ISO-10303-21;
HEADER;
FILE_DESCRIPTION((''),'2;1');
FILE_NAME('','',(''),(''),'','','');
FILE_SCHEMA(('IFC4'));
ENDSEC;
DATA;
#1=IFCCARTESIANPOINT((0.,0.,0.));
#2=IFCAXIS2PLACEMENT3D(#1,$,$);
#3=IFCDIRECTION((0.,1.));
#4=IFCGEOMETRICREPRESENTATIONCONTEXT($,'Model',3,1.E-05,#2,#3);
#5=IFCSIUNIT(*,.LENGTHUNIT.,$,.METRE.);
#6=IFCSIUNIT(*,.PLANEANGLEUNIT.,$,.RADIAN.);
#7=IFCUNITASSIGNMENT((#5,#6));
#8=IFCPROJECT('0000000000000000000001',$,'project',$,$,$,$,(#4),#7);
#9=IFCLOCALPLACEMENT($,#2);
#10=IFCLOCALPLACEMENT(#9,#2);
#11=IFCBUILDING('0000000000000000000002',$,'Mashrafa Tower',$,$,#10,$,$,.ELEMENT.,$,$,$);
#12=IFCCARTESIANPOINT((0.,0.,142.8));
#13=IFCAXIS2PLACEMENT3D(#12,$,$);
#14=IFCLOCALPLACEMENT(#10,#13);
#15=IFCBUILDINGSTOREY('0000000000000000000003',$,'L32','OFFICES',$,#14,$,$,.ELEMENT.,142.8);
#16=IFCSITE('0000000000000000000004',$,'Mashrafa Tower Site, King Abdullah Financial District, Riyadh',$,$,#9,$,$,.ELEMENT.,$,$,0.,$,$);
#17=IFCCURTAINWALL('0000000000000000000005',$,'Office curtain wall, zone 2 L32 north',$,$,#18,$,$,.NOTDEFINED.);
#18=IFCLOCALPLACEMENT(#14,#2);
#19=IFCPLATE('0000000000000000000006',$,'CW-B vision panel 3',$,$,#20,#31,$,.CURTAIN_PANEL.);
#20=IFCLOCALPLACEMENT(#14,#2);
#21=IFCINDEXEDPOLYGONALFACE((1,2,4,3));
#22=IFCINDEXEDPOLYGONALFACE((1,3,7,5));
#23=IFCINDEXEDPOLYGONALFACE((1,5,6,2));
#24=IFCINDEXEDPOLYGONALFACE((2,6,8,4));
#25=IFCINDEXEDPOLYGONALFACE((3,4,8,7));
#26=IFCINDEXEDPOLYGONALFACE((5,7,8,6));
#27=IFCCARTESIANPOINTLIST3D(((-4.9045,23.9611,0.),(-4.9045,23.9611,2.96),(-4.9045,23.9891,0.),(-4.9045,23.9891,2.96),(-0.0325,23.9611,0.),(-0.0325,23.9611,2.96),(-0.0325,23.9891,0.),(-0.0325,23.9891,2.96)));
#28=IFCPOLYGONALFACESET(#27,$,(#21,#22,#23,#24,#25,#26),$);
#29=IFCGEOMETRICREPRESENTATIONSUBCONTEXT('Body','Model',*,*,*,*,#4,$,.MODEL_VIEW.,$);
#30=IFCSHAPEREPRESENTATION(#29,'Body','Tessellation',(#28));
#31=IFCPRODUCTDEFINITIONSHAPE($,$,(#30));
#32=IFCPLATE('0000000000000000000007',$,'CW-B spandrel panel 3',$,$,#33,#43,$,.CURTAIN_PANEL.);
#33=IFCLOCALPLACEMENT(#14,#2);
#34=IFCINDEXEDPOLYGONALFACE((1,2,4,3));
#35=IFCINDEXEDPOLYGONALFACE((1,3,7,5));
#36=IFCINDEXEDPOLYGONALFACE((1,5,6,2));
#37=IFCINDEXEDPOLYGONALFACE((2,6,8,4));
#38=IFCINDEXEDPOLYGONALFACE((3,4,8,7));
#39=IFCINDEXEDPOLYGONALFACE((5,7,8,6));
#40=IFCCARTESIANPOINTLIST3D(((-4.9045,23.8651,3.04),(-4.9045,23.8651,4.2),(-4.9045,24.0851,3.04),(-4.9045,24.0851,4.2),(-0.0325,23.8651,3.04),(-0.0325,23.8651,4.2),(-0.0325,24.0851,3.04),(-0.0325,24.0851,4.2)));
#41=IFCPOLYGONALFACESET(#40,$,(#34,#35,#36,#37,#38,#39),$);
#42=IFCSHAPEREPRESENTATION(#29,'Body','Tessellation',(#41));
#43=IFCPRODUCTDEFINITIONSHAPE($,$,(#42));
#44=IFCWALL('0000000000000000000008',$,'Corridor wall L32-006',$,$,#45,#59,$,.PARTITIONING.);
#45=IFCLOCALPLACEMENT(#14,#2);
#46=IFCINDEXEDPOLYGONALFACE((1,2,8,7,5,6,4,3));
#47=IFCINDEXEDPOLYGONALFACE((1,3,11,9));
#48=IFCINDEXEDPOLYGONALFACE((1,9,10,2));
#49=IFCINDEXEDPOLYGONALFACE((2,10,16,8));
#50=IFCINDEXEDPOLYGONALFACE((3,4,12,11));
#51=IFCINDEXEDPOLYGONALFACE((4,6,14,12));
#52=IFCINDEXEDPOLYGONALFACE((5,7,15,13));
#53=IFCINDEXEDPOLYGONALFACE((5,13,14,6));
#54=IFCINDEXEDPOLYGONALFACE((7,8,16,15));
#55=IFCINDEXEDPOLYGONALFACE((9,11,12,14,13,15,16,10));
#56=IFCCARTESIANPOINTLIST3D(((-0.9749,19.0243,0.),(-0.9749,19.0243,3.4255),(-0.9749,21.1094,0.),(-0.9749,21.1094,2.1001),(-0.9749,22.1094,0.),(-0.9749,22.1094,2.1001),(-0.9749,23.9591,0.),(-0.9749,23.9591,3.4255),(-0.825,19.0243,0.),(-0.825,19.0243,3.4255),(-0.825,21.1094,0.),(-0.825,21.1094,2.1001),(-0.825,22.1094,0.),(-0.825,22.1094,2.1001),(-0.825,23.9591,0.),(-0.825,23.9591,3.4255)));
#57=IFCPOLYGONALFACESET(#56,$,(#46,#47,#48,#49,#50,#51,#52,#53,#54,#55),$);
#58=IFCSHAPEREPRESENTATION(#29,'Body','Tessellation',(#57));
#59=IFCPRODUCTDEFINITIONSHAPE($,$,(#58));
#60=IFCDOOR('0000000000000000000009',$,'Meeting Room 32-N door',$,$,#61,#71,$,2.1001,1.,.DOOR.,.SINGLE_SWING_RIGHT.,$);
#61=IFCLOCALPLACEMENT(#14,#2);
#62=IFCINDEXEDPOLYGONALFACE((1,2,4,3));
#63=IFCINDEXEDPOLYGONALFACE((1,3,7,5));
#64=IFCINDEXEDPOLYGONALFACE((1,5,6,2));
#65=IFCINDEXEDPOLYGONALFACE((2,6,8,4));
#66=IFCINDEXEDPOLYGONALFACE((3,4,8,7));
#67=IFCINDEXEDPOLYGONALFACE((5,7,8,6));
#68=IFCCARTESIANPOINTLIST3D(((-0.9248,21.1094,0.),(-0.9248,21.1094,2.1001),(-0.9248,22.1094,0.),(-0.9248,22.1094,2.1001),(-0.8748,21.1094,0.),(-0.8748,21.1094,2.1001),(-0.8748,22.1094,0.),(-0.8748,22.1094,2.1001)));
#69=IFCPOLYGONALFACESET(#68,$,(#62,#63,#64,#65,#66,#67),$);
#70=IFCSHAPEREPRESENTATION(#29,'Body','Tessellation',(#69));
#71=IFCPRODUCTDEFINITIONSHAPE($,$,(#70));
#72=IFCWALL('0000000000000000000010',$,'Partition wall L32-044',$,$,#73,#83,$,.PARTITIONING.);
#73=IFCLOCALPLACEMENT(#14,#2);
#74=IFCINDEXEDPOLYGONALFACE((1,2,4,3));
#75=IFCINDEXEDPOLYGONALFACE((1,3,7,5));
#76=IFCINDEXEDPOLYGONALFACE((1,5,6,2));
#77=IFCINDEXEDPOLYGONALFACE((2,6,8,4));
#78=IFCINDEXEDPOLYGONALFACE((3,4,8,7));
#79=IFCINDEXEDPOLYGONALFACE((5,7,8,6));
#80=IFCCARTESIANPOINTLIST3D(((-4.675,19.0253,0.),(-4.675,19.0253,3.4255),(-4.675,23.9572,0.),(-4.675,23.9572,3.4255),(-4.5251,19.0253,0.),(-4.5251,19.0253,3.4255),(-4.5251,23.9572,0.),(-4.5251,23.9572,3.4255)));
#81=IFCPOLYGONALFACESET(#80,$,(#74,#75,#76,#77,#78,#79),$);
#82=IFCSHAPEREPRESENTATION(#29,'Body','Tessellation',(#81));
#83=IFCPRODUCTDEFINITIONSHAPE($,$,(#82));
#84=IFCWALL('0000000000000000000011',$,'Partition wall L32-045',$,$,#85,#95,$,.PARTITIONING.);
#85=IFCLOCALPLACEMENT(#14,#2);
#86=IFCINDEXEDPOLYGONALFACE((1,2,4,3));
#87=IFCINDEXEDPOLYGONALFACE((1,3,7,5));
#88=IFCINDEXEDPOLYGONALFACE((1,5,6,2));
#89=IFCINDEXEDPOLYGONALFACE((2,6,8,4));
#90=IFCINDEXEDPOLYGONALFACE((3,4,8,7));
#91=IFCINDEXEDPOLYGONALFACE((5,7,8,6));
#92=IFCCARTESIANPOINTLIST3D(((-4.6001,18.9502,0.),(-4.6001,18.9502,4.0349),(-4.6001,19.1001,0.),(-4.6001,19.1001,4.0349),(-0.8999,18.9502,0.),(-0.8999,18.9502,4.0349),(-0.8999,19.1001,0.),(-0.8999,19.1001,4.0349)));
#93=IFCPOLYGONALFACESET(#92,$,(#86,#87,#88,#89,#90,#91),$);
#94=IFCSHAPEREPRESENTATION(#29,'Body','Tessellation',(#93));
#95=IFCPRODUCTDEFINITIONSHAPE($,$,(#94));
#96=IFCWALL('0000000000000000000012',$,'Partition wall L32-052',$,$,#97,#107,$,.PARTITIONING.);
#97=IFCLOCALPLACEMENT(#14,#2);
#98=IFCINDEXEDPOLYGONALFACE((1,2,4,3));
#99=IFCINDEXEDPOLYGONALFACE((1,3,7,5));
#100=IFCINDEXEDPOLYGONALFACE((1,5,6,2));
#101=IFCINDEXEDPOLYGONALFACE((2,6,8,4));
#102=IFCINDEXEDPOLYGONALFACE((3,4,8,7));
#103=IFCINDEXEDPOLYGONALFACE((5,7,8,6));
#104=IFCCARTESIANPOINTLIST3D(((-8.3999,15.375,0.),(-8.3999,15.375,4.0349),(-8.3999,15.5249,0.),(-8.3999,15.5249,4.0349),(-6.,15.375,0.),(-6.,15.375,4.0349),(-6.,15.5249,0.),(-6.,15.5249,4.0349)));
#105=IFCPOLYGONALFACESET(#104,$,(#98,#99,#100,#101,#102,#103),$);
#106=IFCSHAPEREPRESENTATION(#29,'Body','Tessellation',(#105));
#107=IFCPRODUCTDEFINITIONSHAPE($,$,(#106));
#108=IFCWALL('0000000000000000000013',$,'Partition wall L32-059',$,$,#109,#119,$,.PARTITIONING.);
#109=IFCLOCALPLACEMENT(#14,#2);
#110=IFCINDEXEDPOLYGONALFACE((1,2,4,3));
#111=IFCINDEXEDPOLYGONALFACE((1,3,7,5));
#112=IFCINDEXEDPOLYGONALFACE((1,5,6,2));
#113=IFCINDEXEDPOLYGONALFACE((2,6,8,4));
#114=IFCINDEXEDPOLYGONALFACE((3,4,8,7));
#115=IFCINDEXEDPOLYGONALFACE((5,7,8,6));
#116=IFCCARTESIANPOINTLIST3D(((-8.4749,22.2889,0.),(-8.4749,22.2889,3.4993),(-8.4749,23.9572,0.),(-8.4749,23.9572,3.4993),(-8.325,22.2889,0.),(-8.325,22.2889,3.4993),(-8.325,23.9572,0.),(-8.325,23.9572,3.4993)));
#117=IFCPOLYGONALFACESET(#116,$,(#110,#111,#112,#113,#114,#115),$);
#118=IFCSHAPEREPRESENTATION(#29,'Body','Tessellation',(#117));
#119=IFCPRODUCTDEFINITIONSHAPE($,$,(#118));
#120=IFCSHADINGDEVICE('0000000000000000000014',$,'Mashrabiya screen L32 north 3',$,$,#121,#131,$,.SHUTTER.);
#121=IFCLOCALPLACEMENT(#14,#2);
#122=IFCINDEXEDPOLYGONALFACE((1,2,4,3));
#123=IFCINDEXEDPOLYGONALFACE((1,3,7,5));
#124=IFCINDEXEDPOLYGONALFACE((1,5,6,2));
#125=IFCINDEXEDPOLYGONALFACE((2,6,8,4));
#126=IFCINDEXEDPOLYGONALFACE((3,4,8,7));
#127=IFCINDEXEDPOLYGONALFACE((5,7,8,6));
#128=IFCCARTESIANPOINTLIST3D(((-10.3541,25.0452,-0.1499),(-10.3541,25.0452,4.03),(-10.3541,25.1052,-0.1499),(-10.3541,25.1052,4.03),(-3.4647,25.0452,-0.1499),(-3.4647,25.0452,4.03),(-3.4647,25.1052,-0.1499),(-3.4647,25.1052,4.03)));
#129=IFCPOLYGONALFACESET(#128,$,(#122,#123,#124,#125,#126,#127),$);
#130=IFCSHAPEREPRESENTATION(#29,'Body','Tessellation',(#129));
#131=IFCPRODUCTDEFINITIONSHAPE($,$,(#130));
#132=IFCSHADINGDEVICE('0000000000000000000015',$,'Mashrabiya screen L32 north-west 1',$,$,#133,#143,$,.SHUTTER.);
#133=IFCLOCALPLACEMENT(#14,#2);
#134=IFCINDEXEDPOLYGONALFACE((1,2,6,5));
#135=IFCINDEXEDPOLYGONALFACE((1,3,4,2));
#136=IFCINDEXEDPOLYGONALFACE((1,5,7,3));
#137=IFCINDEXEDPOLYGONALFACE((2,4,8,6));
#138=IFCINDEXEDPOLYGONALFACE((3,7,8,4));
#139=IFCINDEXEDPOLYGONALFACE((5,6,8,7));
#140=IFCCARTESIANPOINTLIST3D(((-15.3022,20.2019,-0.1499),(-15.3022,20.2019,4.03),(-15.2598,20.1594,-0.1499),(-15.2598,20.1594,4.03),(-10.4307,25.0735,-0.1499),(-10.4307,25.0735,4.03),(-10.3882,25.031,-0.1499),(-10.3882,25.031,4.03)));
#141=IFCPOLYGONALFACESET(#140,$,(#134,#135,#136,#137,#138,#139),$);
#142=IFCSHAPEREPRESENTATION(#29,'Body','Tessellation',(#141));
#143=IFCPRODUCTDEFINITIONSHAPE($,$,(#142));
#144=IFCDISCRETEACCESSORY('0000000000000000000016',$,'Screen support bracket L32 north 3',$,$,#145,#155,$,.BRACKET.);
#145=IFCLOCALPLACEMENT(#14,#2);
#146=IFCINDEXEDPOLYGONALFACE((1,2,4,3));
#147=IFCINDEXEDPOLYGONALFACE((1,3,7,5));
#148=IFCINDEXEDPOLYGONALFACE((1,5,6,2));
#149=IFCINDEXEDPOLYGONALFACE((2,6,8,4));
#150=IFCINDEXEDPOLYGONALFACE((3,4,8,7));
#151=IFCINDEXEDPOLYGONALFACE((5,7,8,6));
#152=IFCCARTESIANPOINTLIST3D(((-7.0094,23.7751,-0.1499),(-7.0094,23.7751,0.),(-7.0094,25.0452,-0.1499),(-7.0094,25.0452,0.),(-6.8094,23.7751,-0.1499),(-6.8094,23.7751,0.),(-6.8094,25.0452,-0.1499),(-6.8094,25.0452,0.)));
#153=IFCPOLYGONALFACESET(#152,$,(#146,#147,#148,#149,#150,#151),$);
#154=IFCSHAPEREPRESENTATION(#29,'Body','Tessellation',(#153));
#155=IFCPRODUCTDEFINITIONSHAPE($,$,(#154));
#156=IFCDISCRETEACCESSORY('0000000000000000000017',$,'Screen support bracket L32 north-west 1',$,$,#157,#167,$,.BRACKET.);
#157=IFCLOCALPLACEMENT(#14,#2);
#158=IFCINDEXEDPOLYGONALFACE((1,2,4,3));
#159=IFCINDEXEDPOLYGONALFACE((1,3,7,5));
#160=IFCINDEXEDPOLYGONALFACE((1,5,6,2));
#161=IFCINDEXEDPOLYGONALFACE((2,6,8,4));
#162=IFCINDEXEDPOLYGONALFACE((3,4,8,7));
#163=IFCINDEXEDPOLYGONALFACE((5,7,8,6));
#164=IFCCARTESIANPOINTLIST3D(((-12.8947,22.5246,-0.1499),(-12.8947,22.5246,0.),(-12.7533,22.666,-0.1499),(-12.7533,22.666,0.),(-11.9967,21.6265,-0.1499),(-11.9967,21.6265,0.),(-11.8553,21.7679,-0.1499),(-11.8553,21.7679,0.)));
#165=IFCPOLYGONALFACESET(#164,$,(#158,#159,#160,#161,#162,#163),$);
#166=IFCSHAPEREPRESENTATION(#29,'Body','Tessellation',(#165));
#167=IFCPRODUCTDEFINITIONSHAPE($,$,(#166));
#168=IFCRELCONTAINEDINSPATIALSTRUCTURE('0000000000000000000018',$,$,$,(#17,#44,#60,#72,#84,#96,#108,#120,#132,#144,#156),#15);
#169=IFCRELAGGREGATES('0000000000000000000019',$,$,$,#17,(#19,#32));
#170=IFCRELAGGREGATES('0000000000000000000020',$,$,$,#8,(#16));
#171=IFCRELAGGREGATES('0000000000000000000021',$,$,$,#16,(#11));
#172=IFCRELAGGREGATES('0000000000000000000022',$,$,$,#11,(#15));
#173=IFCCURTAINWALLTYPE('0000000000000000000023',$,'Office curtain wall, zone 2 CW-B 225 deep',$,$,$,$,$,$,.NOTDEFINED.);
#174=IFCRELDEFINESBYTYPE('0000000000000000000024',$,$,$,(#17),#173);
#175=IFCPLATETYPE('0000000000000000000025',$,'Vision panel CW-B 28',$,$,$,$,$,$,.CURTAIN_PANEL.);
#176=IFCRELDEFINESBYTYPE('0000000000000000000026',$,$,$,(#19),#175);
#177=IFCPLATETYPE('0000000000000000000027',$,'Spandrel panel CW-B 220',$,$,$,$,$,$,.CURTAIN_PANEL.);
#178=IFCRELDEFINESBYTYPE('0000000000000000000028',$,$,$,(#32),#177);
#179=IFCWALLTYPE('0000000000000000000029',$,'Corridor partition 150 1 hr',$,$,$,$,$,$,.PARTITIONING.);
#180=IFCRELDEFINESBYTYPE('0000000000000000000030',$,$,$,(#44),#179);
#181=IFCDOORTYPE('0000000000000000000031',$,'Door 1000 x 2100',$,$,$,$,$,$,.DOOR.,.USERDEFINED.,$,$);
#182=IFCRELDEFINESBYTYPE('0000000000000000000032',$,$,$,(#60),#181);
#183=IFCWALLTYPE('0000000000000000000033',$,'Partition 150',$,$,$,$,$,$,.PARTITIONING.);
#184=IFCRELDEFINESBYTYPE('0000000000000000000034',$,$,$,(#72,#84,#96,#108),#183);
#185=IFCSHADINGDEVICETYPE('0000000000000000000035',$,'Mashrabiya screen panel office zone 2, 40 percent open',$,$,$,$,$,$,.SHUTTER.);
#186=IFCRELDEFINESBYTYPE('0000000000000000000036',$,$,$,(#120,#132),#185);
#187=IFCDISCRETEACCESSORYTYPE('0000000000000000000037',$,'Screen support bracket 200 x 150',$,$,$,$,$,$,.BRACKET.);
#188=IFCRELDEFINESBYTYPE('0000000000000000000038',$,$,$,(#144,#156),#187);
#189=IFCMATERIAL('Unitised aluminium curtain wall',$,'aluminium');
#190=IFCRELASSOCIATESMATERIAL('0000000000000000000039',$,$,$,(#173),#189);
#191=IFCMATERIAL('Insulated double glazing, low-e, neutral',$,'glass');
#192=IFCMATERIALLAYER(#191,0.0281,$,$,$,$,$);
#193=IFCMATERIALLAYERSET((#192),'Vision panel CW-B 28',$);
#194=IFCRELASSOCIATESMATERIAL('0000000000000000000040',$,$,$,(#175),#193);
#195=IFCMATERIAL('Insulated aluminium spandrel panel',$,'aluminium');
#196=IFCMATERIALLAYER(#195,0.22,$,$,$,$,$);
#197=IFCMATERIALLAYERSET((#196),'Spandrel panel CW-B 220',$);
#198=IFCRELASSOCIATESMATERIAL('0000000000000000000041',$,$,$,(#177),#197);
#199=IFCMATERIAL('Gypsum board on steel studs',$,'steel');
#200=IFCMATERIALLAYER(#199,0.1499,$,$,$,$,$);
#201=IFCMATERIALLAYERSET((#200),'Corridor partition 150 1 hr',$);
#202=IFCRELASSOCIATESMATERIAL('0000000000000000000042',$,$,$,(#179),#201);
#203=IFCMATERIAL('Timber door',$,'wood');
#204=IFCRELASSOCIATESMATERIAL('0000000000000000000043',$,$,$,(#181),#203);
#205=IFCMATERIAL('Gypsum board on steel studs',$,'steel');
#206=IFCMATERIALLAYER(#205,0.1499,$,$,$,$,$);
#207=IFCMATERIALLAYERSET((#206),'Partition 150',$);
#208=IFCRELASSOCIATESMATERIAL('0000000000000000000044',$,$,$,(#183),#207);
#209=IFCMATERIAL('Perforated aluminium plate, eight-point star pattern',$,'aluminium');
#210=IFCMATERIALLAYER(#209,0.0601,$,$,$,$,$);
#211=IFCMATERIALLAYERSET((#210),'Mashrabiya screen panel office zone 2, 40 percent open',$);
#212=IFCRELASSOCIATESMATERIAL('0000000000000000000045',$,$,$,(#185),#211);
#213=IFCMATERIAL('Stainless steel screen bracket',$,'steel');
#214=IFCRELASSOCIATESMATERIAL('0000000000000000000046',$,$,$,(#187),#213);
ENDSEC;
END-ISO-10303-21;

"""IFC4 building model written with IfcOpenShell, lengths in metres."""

from ifc_helpers import new_model, si_unit, direction, frame, frame_2d, origin, origin_2d, place, context, subcontext, project, spatial, rectangle, extrude, source, transform, mapped, material, layer, layer_set, type_object, type_shapes, element, fill, aggregate, save


model = new_model("IFC4")

# Units and contexts
model_context = context("Model", 3, precision=1e-05, world=origin(), true_north=direction((0.0, 1.0)))
body_context = subcontext(model_context, "Body", "Model", "MODEL_VIEW")
ifc_project = project(units=[si_unit("LENGTHUNIT", "METRE"), si_unit("PLANEANGLEUNIT", "RADIAN")], contexts=[model_context])

# Site, building, storey
site_placement = place(None, origin())
site = spatial("IfcSite", under=ifc_project, at=site_placement, Name="Mashrafa Tower Site, King Abdullah Financial District, Riyadh", CompositionType="ELEMENT", RefElevation=0.0)
building_placement = place(site_placement, origin())
building = spatial("IfcBuilding", under=site, at=building_placement, Name="Mashrafa Tower", CompositionType="ELEMENT")
storey_placement = place(building_placement, frame((0.0, 0.0, 142.8)))
storey = spatial("IfcBuildingStorey", under=building, at=storey_placement, Name="L32", Description="OFFICES", CompositionType="ELEMENT", Elevation=142.8)

# Curtain wall
ifc_material_1 = material(Name="Unitised aluminium curtain wall", Category="aluminium")
curtain_wall_type = type_object("IfcCurtainWallType", Name="Office curtain wall, zone 2 CW-B 225 deep", PredefinedType="NOTDEFINED", material=ifc_material_1)
curtain_wall_1_placement = place(storey_placement, origin())
curtain_wall_1 = element("IfcCurtainWall", 1, at=curtain_wall_1_placement, inside=storey, type_object=curtain_wall_type, Name="Office curtain wall, zone 2 L32 north", PredefinedType="NOTDEFINED")

# Plates
ifc_material_2 = material(Name="Insulated double glazing, low-e, neutral", Category="glass")
ifc_layer_1 = layer(ifc_material_2, 0.0281)
ifc_layer_set_1 = layer_set([ifc_layer_1], Name="Vision panel CW-B 28")
plate_type_1 = type_object("IfcPlateType", Name="Vision panel CW-B 28", PredefinedType="CURTAIN_PANEL", material=ifc_layer_set_1)
ifc_material_3 = material(Name="Insulated aluminium spandrel panel", Category="aluminium")
ifc_layer_2 = layer(ifc_material_3, 0.22)
ifc_layer_set_2 = layer_set([ifc_layer_2], Name="Spandrel panel CW-B 220")
plate_type_2 = type_object("IfcPlateType", Name="Spandrel panel CW-B 220", PredefinedType="CURTAIN_PANEL", material=ifc_layer_set_2)
shared_shape_1 = source(origin(), body_context, "Body", "SweptSolid", [
    extrude(rectangle(XDim=4.8721, YDim=0.0281, at=origin_2d()), origin(), (0.0, 0.0, 1.0), 2.96),
])
plate_1_placement = place(storey_placement, frame((-2.4685, 23.9751, 0.0), z_axis=(0.0, 0.0, 1.0), x_axis=(-1.0, 0.0, 0.0)))
plate_1 = element("IfcPlate", 2, at=plate_1_placement, type_object=plate_type_1, Name="CW-B vision panel 3", PredefinedType="CURTAIN_PANEL", context=body_context, shape_type="MappedRepresentation", body=[
    mapped(shared_shape_1, transform((0.0, 0.0, 0.0))),
])
shared_shape_2 = source(origin(), body_context, "Body", "SweptSolid", [
    extrude(rectangle(XDim=4.8721, YDim=0.22, at=origin_2d()), origin(), (0.0, 0.0, 1.0), 1.1599),
])
plate_2_placement = place(storey_placement, frame((-2.4685, 23.9751, 3.04), z_axis=(0.0, 0.0, 1.0), x_axis=(-1.0, 0.0, 0.0)))
plate_2 = element("IfcPlate", 3, at=plate_2_placement, type_object=plate_type_2, Name="CW-B spandrel panel 3", PredefinedType="CURTAIN_PANEL", context=body_context, shape_type="MappedRepresentation", body=[
    mapped(shared_shape_2, transform((0.0, 0.0, 0.0))),
])
aggregate(curtain_wall_1, [plate_1, plate_2])

# Wall, opening, door
ifc_material_4 = material(Name="Gypsum board on steel studs", Category="steel")
ifc_layer_3 = layer(ifc_material_4, 0.1499)
ifc_layer_set_3 = layer_set([ifc_layer_3], Name="Corridor partition 150 1 hr")
wall_type_1 = type_object("IfcWallType", Name="Corridor partition 150 1 hr", PredefinedType="PARTITIONING", material=ifc_layer_set_3)
wall_1_placement = place(storey_placement, frame((-0.8999, 23.959, 0.0), z_axis=(0.0, 0.0, 1.0), x_axis=(0.0, -1.0, 0.0)))
wall_1 = element("IfcWall", 4, at=wall_1_placement, inside=storey, type_object=wall_type_1, Name="Corridor wall L32-006", PredefinedType="PARTITIONING", context=body_context, shape_type="SweptSolid", body=[
    extrude(rectangle(XDim=4.9348, YDim=0.1499, at=frame_2d((2.4673, 0.0))), origin(), (0.0, 0.0, 1.0), 3.4255),
])
opening_1_placement = place(wall_1_placement, frame((1.8496, 0.0, 0.0)))
opening_1 = element("IfcOpeningElement", 5, at=opening_1_placement, cuts=wall_1, PredefinedType="OPENING", context=body_context, shape_type="SweptSolid", body=[
    extrude(rectangle(XDim=1.0, YDim=2.1001, at=frame_2d((0.5, 1.05))), frame((0.0, 0.085, 0.0), z_axis=(0.0, -1.0, 0.0), x_axis=(1.0, 0.0, 0.0)), (0.0, 0.0, 1.0), 0.1699),
])
ifc_material_5 = material(Name="Timber door", Category="wood")
door_type_1 = type_object("IfcDoorType", Name="Door 1000 x 2100", OperationType="USERDEFINED", PredefinedType="DOOR", material=ifc_material_5)
door_1_placement = place(opening_1_placement, frame((1.0, 0.0, 0.0), z_axis=(0.0, 0.0, 1.0), x_axis=(-1.0, 0.0, 0.0)))
door_1 = element("IfcDoor", 6, at=door_1_placement, inside=storey, type_object=door_type_1, Name="Meeting Room 32-N door", OperationType="SINGLE_SWING_RIGHT", OverallHeight=2.1001, OverallWidth=1.0, PredefinedType="DOOR", context=body_context, shape_type="SweptSolid", body=[
    extrude(rectangle(XDim=1.0, YDim=2.1001, at=frame_2d((0.5, 1.05))), frame((0.0, 0.0249, 0.0), z_axis=(0.0, -1.0, 0.0), x_axis=(1.0, 0.0, 0.0)), (0.0, 0.0, 1.0), 0.05),
])
fill(opening_1, door_1)

# Walls
ifc_material_6 = material(Name="Gypsum board on steel studs", Category="steel")
ifc_layer_4 = layer(ifc_material_6, 0.1499)
ifc_layer_set_4 = layer_set([ifc_layer_4], Name="Partition 150")
wall_type_2 = type_object("IfcWallType", Name="Partition 150", PredefinedType="PARTITIONING", material=ifc_layer_set_4)
wall_2_placement = place(storey_placement, frame((-4.6001, 23.957, 0.0), z_axis=(0.0, 0.0, 1.0), x_axis=(0.0, -1.0, 0.0)))
element("IfcWall", 7, at=wall_2_placement, inside=storey, type_object=wall_type_2, Name="Partition wall L32-044", PredefinedType="PARTITIONING", context=body_context, shape_type="SweptSolid", body=[
    extrude(rectangle(XDim=4.9319, YDim=0.1499, at=frame_2d((2.4658, 0.0))), origin(), (0.0, 0.0, 1.0), 3.4255),
])
wall_3_placement = place(storey_placement, frame((-4.6001, 19.0251, 0.0), z_axis=(0.0, 0.0, 1.0), x_axis=(1.0, 0.0, 0.0)))
element("IfcWall", 8, at=wall_3_placement, inside=storey, type_object=wall_type_2, Name="Partition wall L32-045", PredefinedType="PARTITIONING", context=body_context, shape_type="SweptSolid", body=[
    extrude(rectangle(XDim=3.7002, YDim=0.1499, at=frame_2d((1.8501, 0.0))), origin(), (0.0, 0.0, 1.0), 4.0349),
])
wall_4_placement = place(storey_placement, frame((-6.0, 15.45, 0.0), z_axis=(0.0, 0.0, 1.0), x_axis=(-1.0, 0.0, 0.0)))
element("IfcWall", 9, at=wall_4_placement, inside=storey, type_object=wall_type_2, Name="Partition wall L32-052", PredefinedType="PARTITIONING", context=body_context, shape_type="SweptSolid", body=[
    extrude(rectangle(XDim=2.3999, YDim=0.1499, at=frame_2d((1.2, 0.0))), origin(), (0.0, 0.0, 1.0), 4.0349),
])
wall_5_placement = place(storey_placement, frame((-8.3999, 23.957, 0.0), z_axis=(0.0, 0.0, 1.0), x_axis=(0.0, -1.0, 0.0)))
element("IfcWall", 10, at=wall_5_placement, inside=storey, type_object=wall_type_2, Name="Partition wall L32-059", PredefinedType="PARTITIONING", context=body_context, shape_type="SweptSolid", body=[
    extrude(rectangle(XDim=1.6682, YDim=0.1499, at=frame_2d((0.834, 0.0))), origin(), (0.0, 0.0, 1.0), 3.4993),
])

# Shading devices
ifc_material_7 = material(Name="Perforated aluminium plate, eight-point star pattern", Category="aluminium")
ifc_layer_5 = layer(ifc_material_7, 0.0601)
ifc_layer_set_5 = layer_set([ifc_layer_5], Name="Mashrabiya screen panel office zone 2, 40 percent open")
shading_device_type = type_object("IfcShadingDeviceType", Name="Mashrabiya screen panel office zone 2, 40 percent open", PredefinedType="SHUTTER", material=ifc_layer_set_5)
shared_shape_3 = source(origin(), body_context, "Body", "SweptSolid", [
    extrude(rectangle(XDim=6.8894, YDim=0.0601, at=origin_2d()), origin(), (0.0, 0.0, 1.0), 4.1799),
])
type_shapes(shading_device_type, [shared_shape_3])
for number, where, z_axis, x_axis, name in (
    (11, (-6.9094, 25.0752, -0.1499), (0.0, 0.0, 1.0), (-1.0, 0.0, 0.0), "Mashrabiya screen L32 north 3"),
    (12, (-12.8452, 22.6165, -0.1499), (0.0, 0.0, 1.0), (-0.707107, -0.707107, 0.0), "Mashrabiya screen L32 north-west 1"),
):
    element("IfcShadingDevice", number, at=place(storey_placement, frame(where, z_axis=z_axis, x_axis=x_axis)), inside=storey, type_object=shading_device_type, Name=name, PredefinedType="SHUTTER", context=body_context, shape_type="MappedRepresentation", body=[
        mapped(shared_shape_3, transform((0.0, 0.0, 0.0))),
    ])

# Discrete accessories
ifc_material_8 = material(Name="Stainless steel screen bracket", Category="steel")
discrete_accessory_type = type_object("IfcDiscreteAccessoryType", Name="Screen support bracket 200 x 150", PredefinedType="BRACKET", material=ifc_material_8)
shared_shape_4 = source(origin(), body_context, "Body", "SweptSolid", [
    extrude(rectangle(XDim=0.2, YDim=1.27, at=origin_2d()), origin(), (0.0, 0.0, 1.0), 0.1499),
])
type_shapes(discrete_accessory_type, [shared_shape_4])
for number, where, z_axis, x_axis, name in (
    (13, (-6.9094, 24.4102, -0.1499), (0.0, 0.0, 1.0), (-1.0, 0.0, 0.0), "Screen support bracket L32 north 3"),
    (14, (-12.375, 22.1462, -0.1499), (0.0, 0.0, 1.0), (-0.707107, -0.707107, 0.0), "Screen support bracket L32 north-west 1"),
):
    element("IfcDiscreteAccessory", number, at=place(storey_placement, frame(where, z_axis=z_axis, x_axis=x_axis)), inside=storey, type_object=discrete_accessory_type, Name=name, PredefinedType="BRACKET", context=body_context, shape_type="MappedRepresentation", body=[
        mapped(shared_shape_4, transform((0.0, 0.0, 0.0))),
    ])

save(model, "model.ifc")
